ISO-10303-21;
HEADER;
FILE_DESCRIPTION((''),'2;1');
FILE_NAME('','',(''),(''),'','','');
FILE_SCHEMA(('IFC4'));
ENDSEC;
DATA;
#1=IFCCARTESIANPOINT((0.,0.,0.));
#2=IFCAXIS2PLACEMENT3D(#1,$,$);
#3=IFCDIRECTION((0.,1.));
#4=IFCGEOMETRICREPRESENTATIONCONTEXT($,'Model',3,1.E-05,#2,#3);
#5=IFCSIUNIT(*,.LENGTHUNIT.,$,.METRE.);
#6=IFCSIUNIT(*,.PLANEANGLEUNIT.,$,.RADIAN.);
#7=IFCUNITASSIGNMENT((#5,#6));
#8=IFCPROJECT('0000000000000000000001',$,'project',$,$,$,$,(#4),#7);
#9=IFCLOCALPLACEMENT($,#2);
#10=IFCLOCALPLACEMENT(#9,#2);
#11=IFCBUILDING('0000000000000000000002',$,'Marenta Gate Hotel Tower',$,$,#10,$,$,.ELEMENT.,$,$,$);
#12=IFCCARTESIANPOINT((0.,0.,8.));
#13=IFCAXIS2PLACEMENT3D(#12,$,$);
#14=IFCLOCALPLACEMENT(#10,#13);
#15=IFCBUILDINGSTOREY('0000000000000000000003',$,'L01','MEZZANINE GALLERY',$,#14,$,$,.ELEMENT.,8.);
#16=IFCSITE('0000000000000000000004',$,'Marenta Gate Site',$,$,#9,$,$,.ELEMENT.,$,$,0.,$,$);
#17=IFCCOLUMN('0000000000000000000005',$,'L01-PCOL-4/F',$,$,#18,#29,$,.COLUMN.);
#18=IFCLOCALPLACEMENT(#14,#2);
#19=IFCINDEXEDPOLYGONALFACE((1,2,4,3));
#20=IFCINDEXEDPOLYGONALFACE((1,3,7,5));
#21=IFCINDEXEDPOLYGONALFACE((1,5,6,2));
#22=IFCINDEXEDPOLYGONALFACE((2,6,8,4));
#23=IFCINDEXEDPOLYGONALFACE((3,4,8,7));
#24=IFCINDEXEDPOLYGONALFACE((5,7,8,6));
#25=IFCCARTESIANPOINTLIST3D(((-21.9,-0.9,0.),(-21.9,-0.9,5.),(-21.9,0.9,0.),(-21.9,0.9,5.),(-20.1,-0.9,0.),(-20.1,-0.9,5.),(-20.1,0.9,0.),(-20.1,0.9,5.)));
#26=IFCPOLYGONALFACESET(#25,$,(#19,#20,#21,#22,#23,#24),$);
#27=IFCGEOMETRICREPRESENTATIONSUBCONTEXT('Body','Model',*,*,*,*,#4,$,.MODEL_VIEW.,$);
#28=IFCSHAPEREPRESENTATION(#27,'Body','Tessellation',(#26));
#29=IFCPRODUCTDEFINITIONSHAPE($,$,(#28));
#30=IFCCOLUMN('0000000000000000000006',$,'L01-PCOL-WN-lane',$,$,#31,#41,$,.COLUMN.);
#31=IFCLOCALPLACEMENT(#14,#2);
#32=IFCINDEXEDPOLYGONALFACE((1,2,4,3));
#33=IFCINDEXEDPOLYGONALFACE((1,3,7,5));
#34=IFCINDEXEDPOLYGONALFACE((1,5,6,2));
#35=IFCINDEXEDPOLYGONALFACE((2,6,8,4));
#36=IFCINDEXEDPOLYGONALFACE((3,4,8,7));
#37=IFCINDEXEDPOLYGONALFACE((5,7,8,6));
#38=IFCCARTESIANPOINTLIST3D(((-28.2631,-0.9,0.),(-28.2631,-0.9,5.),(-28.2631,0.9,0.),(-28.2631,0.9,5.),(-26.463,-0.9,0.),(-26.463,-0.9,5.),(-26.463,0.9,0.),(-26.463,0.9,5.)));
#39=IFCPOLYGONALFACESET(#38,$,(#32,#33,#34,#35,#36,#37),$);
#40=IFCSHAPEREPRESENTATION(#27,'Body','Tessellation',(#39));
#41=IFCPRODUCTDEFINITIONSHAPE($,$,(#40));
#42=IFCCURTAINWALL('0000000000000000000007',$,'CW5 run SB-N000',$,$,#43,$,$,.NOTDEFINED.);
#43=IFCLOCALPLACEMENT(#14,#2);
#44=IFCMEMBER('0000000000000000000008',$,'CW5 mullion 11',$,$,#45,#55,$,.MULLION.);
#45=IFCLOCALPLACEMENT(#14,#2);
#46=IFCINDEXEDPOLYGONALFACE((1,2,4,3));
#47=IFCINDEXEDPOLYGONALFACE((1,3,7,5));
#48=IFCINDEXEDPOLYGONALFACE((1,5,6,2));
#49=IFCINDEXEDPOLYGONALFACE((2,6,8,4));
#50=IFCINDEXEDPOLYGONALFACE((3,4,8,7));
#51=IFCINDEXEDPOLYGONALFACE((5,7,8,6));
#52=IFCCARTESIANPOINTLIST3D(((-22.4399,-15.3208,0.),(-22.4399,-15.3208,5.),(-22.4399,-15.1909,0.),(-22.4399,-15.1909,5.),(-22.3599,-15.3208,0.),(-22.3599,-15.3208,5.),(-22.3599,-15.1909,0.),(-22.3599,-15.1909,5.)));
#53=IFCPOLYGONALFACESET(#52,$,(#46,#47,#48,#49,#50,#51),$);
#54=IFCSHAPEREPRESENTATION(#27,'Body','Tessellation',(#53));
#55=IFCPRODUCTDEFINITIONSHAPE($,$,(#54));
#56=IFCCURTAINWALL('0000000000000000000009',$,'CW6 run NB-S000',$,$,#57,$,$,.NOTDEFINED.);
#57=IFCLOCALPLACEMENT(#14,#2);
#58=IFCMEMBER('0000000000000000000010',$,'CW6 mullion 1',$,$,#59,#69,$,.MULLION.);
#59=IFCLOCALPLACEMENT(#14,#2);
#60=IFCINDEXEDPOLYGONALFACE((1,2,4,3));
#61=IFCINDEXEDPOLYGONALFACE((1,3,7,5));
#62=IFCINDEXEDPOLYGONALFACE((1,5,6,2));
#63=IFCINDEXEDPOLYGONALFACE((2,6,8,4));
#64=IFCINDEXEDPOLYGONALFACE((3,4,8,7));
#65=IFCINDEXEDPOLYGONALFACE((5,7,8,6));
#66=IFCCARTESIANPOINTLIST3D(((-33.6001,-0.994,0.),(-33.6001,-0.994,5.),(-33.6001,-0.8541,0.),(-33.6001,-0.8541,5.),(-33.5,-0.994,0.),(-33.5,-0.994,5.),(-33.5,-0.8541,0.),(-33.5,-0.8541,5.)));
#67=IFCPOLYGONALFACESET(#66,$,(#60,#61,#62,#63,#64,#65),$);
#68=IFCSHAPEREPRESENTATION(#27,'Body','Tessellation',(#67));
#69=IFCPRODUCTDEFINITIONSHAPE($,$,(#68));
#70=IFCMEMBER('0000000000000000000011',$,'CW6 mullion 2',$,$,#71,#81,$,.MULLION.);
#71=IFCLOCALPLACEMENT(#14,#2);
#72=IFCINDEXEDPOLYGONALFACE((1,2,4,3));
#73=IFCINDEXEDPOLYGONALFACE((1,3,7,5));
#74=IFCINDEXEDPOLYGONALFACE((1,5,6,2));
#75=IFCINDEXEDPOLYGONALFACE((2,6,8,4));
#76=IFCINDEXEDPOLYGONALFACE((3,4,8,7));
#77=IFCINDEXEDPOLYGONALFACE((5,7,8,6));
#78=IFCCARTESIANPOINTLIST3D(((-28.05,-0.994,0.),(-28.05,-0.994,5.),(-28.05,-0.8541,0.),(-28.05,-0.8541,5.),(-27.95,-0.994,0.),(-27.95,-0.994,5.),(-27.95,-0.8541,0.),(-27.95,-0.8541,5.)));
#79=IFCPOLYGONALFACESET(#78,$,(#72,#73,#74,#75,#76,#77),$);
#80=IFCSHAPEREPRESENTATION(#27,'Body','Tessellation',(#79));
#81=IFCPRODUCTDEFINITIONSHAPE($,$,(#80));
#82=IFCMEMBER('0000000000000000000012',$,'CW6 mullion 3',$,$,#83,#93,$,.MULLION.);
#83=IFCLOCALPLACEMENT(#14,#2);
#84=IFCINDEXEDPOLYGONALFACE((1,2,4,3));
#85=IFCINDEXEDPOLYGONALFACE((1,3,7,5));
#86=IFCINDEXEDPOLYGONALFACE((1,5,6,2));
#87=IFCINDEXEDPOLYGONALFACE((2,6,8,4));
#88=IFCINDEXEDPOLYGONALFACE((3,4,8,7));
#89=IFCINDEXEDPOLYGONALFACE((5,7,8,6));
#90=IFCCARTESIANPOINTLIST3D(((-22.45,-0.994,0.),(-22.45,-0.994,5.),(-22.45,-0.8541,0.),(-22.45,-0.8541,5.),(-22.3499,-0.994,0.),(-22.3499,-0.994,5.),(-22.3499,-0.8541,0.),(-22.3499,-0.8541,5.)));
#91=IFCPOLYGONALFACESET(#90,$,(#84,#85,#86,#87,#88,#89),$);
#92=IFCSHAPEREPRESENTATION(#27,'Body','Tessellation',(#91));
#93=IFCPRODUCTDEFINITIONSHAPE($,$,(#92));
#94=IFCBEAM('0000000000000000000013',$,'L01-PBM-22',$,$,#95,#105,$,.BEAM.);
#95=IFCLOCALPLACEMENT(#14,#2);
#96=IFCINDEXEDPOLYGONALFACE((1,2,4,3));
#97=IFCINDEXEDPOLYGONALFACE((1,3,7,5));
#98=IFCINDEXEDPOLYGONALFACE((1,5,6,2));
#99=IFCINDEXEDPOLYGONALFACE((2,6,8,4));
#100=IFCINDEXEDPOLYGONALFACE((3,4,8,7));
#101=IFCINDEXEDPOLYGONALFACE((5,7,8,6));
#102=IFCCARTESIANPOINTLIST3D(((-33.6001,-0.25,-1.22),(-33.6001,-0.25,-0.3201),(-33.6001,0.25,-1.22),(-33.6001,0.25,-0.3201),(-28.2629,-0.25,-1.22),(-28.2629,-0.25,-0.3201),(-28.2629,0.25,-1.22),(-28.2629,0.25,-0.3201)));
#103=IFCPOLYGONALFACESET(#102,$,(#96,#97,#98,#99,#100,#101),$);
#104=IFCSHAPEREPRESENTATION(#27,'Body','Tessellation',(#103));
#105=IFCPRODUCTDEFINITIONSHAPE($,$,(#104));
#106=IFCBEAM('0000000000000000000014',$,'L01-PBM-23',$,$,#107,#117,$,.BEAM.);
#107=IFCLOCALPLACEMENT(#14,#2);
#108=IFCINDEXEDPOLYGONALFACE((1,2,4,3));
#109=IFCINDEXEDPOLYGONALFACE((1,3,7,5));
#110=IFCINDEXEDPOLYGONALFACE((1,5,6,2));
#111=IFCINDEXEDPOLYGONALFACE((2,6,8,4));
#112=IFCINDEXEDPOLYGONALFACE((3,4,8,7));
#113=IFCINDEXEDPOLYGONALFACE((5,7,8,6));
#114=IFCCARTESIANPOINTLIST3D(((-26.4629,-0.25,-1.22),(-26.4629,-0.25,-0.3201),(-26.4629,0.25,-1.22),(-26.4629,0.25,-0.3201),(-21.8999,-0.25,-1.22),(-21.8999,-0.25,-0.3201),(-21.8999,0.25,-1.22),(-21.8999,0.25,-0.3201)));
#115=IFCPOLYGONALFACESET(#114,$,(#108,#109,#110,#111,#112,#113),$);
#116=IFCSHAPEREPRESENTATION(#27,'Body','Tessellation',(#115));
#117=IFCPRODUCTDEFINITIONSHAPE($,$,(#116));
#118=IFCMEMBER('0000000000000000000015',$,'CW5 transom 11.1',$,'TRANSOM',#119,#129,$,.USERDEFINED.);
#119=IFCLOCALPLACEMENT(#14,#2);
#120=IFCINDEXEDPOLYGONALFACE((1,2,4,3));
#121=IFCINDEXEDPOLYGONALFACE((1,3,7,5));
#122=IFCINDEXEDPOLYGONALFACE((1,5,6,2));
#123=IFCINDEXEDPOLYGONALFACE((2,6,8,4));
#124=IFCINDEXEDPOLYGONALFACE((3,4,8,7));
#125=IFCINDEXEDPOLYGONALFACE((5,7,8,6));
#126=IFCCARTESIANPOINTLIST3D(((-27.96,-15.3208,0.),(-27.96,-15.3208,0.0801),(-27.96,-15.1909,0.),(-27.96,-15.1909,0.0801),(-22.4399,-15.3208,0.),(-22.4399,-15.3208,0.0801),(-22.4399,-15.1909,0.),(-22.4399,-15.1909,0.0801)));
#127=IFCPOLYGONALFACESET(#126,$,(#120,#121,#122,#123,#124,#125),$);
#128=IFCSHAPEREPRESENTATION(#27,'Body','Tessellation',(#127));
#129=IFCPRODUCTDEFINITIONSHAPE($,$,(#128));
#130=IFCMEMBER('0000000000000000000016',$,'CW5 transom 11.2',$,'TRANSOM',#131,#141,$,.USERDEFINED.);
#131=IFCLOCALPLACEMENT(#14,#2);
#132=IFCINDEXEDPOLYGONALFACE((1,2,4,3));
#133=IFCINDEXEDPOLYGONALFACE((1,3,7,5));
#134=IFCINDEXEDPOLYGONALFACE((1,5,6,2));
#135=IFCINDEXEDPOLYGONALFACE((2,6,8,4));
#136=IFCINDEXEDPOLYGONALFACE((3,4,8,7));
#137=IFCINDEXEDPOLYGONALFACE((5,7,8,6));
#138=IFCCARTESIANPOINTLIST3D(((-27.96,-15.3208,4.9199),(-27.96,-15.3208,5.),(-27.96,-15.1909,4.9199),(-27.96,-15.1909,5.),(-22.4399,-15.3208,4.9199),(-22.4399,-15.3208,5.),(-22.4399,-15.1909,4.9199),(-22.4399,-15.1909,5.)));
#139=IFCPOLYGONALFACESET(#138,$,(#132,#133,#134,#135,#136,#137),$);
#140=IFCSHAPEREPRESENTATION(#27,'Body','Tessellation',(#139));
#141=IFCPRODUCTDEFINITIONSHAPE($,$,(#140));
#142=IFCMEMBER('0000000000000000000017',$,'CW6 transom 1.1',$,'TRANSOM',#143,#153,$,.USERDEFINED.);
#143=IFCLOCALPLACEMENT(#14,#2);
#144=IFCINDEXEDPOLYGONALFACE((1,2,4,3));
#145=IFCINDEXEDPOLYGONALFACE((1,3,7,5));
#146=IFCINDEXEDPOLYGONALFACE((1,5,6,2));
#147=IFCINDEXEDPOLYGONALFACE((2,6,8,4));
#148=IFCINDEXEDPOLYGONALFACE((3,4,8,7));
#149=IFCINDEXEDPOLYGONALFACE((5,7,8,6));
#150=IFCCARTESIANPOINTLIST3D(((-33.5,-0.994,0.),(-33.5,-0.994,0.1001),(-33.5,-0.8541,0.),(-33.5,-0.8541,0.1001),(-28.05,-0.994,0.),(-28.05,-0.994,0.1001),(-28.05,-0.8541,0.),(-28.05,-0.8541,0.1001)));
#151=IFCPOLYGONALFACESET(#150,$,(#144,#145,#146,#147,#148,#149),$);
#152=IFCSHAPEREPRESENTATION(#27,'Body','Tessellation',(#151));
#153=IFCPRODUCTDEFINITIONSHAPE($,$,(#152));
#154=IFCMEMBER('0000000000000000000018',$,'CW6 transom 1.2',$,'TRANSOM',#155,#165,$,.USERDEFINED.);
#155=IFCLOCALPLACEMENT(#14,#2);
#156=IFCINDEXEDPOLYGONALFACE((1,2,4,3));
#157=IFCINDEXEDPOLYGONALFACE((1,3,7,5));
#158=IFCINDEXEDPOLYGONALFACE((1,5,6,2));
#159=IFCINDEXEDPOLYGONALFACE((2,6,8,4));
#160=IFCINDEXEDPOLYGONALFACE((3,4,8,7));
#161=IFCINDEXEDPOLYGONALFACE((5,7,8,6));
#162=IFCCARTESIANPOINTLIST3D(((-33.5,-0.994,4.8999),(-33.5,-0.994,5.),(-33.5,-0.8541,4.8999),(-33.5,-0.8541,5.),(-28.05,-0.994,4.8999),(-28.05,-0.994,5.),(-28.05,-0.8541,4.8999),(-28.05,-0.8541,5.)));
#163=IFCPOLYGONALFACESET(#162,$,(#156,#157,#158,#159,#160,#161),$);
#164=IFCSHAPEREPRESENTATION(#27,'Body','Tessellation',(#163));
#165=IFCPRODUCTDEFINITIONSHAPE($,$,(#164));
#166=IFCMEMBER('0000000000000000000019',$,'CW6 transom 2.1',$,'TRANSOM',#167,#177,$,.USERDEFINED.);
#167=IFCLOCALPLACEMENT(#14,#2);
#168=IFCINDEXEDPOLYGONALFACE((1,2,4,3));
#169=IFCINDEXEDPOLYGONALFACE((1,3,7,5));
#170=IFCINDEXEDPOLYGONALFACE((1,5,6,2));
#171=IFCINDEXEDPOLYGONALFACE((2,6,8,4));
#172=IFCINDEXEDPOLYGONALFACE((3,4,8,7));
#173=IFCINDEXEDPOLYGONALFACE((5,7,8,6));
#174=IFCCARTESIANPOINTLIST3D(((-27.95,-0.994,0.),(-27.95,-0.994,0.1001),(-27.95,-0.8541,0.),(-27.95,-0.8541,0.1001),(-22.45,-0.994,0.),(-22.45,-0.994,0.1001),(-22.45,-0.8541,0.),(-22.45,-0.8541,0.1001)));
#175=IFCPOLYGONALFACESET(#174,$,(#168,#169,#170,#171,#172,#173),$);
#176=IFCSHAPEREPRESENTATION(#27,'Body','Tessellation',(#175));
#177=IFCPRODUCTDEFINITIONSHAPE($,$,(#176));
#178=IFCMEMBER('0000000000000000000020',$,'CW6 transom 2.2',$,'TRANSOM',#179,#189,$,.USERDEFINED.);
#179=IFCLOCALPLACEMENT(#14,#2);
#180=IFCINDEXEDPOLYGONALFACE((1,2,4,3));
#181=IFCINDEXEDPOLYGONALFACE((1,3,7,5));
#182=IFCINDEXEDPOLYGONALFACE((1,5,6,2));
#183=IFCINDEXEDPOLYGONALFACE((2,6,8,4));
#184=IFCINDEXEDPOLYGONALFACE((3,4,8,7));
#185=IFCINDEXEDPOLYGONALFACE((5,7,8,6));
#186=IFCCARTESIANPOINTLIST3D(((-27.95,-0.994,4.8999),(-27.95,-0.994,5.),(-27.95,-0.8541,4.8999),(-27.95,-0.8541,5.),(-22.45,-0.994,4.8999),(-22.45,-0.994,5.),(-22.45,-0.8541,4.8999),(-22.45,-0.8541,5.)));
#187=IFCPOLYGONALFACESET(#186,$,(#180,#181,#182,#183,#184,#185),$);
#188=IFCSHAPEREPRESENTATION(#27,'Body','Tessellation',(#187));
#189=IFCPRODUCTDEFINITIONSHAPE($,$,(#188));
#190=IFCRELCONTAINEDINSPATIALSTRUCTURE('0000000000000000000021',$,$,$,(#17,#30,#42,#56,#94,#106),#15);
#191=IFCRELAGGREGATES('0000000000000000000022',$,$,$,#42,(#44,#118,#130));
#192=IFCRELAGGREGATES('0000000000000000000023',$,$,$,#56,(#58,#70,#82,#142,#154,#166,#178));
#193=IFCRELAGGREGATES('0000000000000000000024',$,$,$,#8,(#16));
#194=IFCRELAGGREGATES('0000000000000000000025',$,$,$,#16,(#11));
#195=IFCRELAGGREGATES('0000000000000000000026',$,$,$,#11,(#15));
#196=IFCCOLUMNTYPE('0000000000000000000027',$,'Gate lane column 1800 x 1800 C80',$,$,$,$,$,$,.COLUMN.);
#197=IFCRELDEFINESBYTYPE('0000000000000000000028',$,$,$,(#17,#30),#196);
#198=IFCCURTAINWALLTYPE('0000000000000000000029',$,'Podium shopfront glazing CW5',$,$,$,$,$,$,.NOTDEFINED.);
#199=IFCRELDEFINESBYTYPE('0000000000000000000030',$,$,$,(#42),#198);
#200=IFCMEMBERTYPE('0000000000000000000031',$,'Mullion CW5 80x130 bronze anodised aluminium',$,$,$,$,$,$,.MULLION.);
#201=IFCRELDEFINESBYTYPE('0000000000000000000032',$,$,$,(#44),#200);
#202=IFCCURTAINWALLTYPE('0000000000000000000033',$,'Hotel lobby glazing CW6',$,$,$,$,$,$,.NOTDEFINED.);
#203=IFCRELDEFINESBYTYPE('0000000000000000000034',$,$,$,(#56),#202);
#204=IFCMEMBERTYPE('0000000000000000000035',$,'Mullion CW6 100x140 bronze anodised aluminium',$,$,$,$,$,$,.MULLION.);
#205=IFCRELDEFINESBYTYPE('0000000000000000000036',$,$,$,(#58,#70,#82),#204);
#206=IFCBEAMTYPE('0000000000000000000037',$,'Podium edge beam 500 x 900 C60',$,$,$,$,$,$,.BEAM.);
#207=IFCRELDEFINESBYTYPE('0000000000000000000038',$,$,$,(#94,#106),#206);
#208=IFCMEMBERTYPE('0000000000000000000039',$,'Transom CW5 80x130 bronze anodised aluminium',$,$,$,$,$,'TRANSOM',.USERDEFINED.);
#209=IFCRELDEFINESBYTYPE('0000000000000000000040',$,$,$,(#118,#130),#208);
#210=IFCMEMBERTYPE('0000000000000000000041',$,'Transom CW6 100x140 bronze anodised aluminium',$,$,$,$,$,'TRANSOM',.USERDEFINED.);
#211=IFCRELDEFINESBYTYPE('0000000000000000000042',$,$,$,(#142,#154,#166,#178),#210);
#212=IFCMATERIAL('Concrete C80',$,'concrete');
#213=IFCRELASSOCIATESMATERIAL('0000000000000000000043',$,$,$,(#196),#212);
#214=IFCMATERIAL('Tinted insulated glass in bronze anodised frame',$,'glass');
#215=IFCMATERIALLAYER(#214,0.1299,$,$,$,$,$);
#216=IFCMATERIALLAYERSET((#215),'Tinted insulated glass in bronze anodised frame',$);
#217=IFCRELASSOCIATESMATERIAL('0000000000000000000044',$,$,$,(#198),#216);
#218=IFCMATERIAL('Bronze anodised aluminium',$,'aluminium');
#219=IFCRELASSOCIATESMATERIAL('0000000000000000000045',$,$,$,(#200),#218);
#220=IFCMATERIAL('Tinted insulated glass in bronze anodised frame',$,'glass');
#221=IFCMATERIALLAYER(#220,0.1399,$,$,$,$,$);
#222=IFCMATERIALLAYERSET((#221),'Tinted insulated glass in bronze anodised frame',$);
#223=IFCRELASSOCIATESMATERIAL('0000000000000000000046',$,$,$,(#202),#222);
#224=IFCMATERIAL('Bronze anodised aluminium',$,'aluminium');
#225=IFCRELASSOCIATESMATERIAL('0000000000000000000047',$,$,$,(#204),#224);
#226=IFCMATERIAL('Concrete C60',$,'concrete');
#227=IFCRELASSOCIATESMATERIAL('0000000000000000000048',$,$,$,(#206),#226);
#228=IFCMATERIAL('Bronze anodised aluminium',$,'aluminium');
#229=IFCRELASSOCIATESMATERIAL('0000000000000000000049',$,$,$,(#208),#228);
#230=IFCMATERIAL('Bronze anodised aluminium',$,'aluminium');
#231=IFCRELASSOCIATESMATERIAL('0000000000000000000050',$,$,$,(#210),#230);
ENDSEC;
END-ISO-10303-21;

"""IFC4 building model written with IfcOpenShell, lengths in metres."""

from ifc_helpers import new_model, si_unit, direction, frame, origin, origin_2d, place, context, subcontext, project, spatial, rectangle, extrude, material, layer, layer_set, material_profile, profile_set, type_object, element, aggregate, save


model = new_model("IFC4")

# Units and contexts
model_context = context("Model", 3, precision=1e-05, world=origin(), true_north=direction((0.0, 1.0)))
body_context = subcontext(model_context, "Body", "Model", "MODEL_VIEW")
ifc_project = project(units=[si_unit("LENGTHUNIT", "METRE"), si_unit("PLANEANGLEUNIT", "RADIAN")], contexts=[model_context])

# Site, building, storey
site_placement = place(None, origin())
site = spatial("IfcSite", under=ifc_project, at=site_placement, Name="Marenta Gate Site", CompositionType="ELEMENT", RefElevation=0.0)
building_placement = place(site_placement, origin())
building = spatial("IfcBuilding", under=site, at=building_placement, Name="Marenta Gate Hotel Tower", CompositionType="ELEMENT")
storey_placement = place(building_placement, frame((0.0, 0.0, 8.0)))
storey = spatial("IfcBuildingStorey", under=building, at=storey_placement, Name="L01", Description="MEZZANINE GALLERY", CompositionType="ELEMENT", Elevation=8.0)

# Columns
ifc_material_1 = material(Name="Concrete C80", Category="concrete")
ifc_material_profile_1 = material_profile(ifc_material_1, rectangle(XDim=1.8, YDim=1.8, at=origin_2d()), Name="1800 x 1800")
ifc_profile_set_1 = profile_set([ifc_material_profile_1], Name="Concrete C80")
column_type = type_object("IfcColumnType", Name="Gate lane column 1800 x 1800 C80", PredefinedType="COLUMN", material=ifc_profile_set_1)
for number, where, z_axis, x_axis, name in (
    (1, (-21.0, 0.0, 0.0), (0.0, 0.0, 1.0), (1.0, 0.0, 0.0), "L01-PCOL-4/F"),
    (2, (-27.363, 0.0, 0.0), (0.0, 0.0, 1.0), (1.0, 0.0, 0.0), "L01-PCOL-WN-lane"),
):
    element("IfcColumn", number, at=place(storey_placement, frame(where, z_axis=z_axis, x_axis=x_axis)), inside=storey, type_object=column_type, Name=name, PredefinedType="COLUMN", context=body_context, shape_type="SweptSolid", body=[
        extrude(rectangle(XDim=1.8, YDim=1.8, at=origin_2d()), origin(), (0.0, 0.0, 1.0), 5.0),
    ])

# Curtain wall, member
ifc_material_2 = material(Name="Tinted insulated glass in bronze anodised frame", Category="glass")
ifc_layer_1 = layer(ifc_material_2, 0.1299)
ifc_layer_set_1 = layer_set([ifc_layer_1], Name="Tinted insulated glass in bronze anodised frame")
curtain_wall_type_1 = type_object("IfcCurtainWallType", Name="Podium shopfront glazing CW5", PredefinedType="NOTDEFINED", material=ifc_layer_set_1)
curtain_wall_1_placement = place(storey_placement, origin())
curtain_wall_1 = element("IfcCurtainWall", 3, at=curtain_wall_1_placement, inside=storey, type_object=curtain_wall_type_1, Name="CW5 run SB-N000", PredefinedType="NOTDEFINED")
ifc_material_3 = material(Name="Bronze anodised aluminium", Category="aluminium")
ifc_material_profile_2 = material_profile(ifc_material_3, rectangle(XDim=0.1299, YDim=0.0801, at=origin_2d()), Name="Mullion CW5 80x130 bronze anodised aluminium")
ifc_profile_set_2 = profile_set([ifc_material_profile_2], Name="Bronze anodised aluminium")
member_type_1 = type_object("IfcMemberType", Name="Mullion CW5 80x130 bronze anodised aluminium", PredefinedType="MULLION", material=ifc_profile_set_2)
member_1_placement = place(storey_placement, frame((-22.3999, -15.2559, 0.0), z_axis=(0.0, 0.0, 1.0), x_axis=(0.0, -1.0, 0.0)))
member_1 = element("IfcMember", 4, at=member_1_placement, type_object=member_type_1, Name="CW5 mullion 11", PredefinedType="MULLION", context=body_context, shape_type="SweptSolid", body=[
    extrude(rectangle(XDim=0.1299, YDim=0.0801, at=origin_2d()), origin(), (0.0, 0.0, 1.0), 5.0),
])

# Curtain wall, members
ifc_material_4 = material(Name="Tinted insulated glass in bronze anodised frame", Category="glass")
ifc_layer_2 = layer(ifc_material_4, 0.1399)
ifc_layer_set_2 = layer_set([ifc_layer_2], Name="Tinted insulated glass in bronze anodised frame")
curtain_wall_type_2 = type_object("IfcCurtainWallType", Name="Hotel lobby glazing CW6", PredefinedType="NOTDEFINED", material=ifc_layer_set_2)
curtain_wall_2_placement = place(storey_placement, origin())
curtain_wall_2 = element("IfcCurtainWall", 5, at=curtain_wall_2_placement, inside=storey, type_object=curtain_wall_type_2, Name="CW6 run NB-S000", PredefinedType="NOTDEFINED")
ifc_material_5 = material(Name="Bronze anodised aluminium", Category="aluminium")
ifc_material_profile_3 = material_profile(ifc_material_5, rectangle(XDim=0.1399, YDim=0.1001, at=origin_2d()), Name="Mullion CW6 100x140 bronze anodised aluminium")
ifc_profile_set_3 = profile_set([ifc_material_profile_3], Name="Bronze anodised aluminium")
member_type_2 = type_object("IfcMemberType", Name="Mullion CW6 100x140 bronze anodised aluminium", PredefinedType="MULLION", material=ifc_profile_set_3)
member_2_placement = place(storey_placement, frame((-33.55, -0.9241, 0.0), z_axis=(0.0, 0.0, 1.0), x_axis=(0.0, 1.0, 0.0)))
member_2 = element("IfcMember", 6, at=member_2_placement, type_object=member_type_2, Name="CW6 mullion 1", PredefinedType="MULLION", context=body_context, shape_type="SweptSolid", body=[
    extrude(rectangle(XDim=0.1399, YDim=0.1001, at=origin_2d()), origin(), (0.0, 0.0, 1.0), 5.0),
])
member_3_placement = place(storey_placement, frame((-28.0, -0.9241, 0.0), z_axis=(0.0, 0.0, 1.0), x_axis=(0.0, 1.0, 0.0)))
member_3 = element("IfcMember", 7, at=member_3_placement, type_object=member_type_2, Name="CW6 mullion 2", PredefinedType="MULLION", context=body_context, shape_type="SweptSolid", body=[
    extrude(rectangle(XDim=0.1399, YDim=0.1001, at=origin_2d()), origin(), (0.0, 0.0, 1.0), 5.0),
])
member_4_placement = place(storey_placement, frame((-22.3999, -0.9241, 0.0), z_axis=(0.0, 0.0, 1.0), x_axis=(0.0, 1.0, 0.0)))
member_4 = element("IfcMember", 8, at=member_4_placement, type_object=member_type_2, Name="CW6 mullion 3", PredefinedType="MULLION", context=body_context, shape_type="SweptSolid", body=[
    extrude(rectangle(XDim=0.1399, YDim=0.1001, at=origin_2d()), origin(), (0.0, 0.0, 1.0), 5.0),
])

# Beams
ifc_material_6 = material(Name="Concrete C60", Category="concrete")
ifc_material_profile_4 = material_profile(ifc_material_6, rectangle(XDim=0.5, YDim=0.8999, at=origin_2d()), Name="500 x 900")
ifc_profile_set_4 = profile_set([ifc_material_profile_4], Name="Concrete C60")
beam_type = type_object("IfcBeamType", Name="Podium edge beam 500 x 900 C60", PredefinedType="BEAM", material=ifc_profile_set_4)
beam_1_placement = place(storey_placement, frame((-33.6001, 0.0, -0.77), z_axis=(1.0, 0.0, 0.0), x_axis=(0.0, 1.0, 0.0)))
element("IfcBeam", 9, at=beam_1_placement, inside=storey, type_object=beam_type, Name="L01-PBM-22", PredefinedType="BEAM", context=body_context, shape_type="SweptSolid", body=[
    extrude(rectangle(XDim=0.5, YDim=0.8999, at=origin_2d()), origin(), (0.0, 0.0, 1.0), 5.3372),
])
beam_2_placement = place(storey_placement, frame((-26.4629, 0.0, -0.77), z_axis=(1.0, 0.0, 0.0), x_axis=(0.0, 1.0, 0.0)))
element("IfcBeam", 10, at=beam_2_placement, inside=storey, type_object=beam_type, Name="L01-PBM-23", PredefinedType="BEAM", context=body_context, shape_type="SweptSolid", body=[
    extrude(rectangle(XDim=0.5, YDim=0.8999, at=origin_2d()), origin(), (0.0, 0.0, 1.0), 4.563),
])

# Members
ifc_material_7 = material(Name="Bronze anodised aluminium", Category="aluminium")
ifc_material_profile_5 = material_profile(ifc_material_7, rectangle(XDim=0.1299, YDim=0.0801, at=origin_2d()), Name="Transom CW5 80x130 bronze anodised aluminium")
ifc_profile_set_5 = profile_set([ifc_material_profile_5], Name="Bronze anodised aluminium")
member_type_3 = type_object("IfcMemberType", Name="Transom CW5 80x130 bronze anodised aluminium", ElementType="TRANSOM", PredefinedType="USERDEFINED", material=ifc_profile_set_5)
member_5_placement = place(storey_placement, frame((-22.4399, -15.2559, 0.04), z_axis=(-1.0, 0.0, 0.0), x_axis=(0.0, -1.0, 0.0)))
member_5 = element("IfcMember", 11, at=member_5_placement, type_object=member_type_3, Name="CW5 transom 11.1", ObjectType="TRANSOM", PredefinedType="USERDEFINED", context=body_context, shape_type="SweptSolid", body=[
    extrude(rectangle(XDim=0.1299, YDim=0.0801, at=origin_2d()), origin(), (0.0, 0.0, 1.0), 5.52),
])
member_6_placement = place(storey_placement, frame((-22.4399, -15.2559, 4.96), z_axis=(-1.0, 0.0, 0.0), x_axis=(0.0, -1.0, 0.0)))
member_6 = element("IfcMember", 12, at=member_6_placement, type_object=member_type_3, Name="CW5 transom 11.2", ObjectType="TRANSOM", PredefinedType="USERDEFINED", context=body_context, shape_type="SweptSolid", body=[
    extrude(rectangle(XDim=0.1299, YDim=0.0801, at=origin_2d()), origin(), (0.0, 0.0, 1.0), 5.52),
])
aggregate(curtain_wall_1, [member_1, member_5, member_6])
ifc_material_8 = material(Name="Bronze anodised aluminium", Category="aluminium")
ifc_material_profile_6 = material_profile(ifc_material_8, rectangle(XDim=0.1399, YDim=0.1001, at=origin_2d()), Name="Transom CW6 100x140 bronze anodised aluminium")
ifc_profile_set_6 = profile_set([ifc_material_profile_6], Name="Bronze anodised aluminium")
member_type_4 = type_object("IfcMemberType", Name="Transom CW6 100x140 bronze anodised aluminium", ElementType="TRANSOM", PredefinedType="USERDEFINED", material=ifc_profile_set_6)
member_7_placement = place(storey_placement, frame((-33.5, -0.9241, 0.05), z_axis=(1.0, 0.0, 0.0), x_axis=(0.0, 1.0, 0.0)))
member_7 = element("IfcMember", 13, at=member_7_placement, type_object=member_type_4, Name="CW6 transom 1.1", ObjectType="TRANSOM", PredefinedType="USERDEFINED", context=body_context, shape_type="SweptSolid", body=[
    extrude(rectangle(XDim=0.1399, YDim=0.1001, at=origin_2d()), origin(), (0.0, 0.0, 1.0), 5.45),
])
member_8_placement = place(storey_placement, frame((-33.5, -0.9241, 4.95), z_axis=(1.0, 0.0, 0.0), x_axis=(0.0, 1.0, 0.0)))
member_8 = element("IfcMember", 14, at=member_8_placement, type_object=member_type_4, Name="CW6 transom 1.2", ObjectType="TRANSOM", PredefinedType="USERDEFINED", context=body_context, shape_type="SweptSolid", body=[
    extrude(rectangle(XDim=0.1399, YDim=0.1001, at=origin_2d()), origin(), (0.0, 0.0, 1.0), 5.45),
])
member_9_placement = place(storey_placement, frame((-27.95, -0.9241, 0.05), z_axis=(1.0, 0.0, 0.0), x_axis=(0.0, 1.0, 0.0)))
member_9 = element("IfcMember", 15, at=member_9_placement, type_object=member_type_4, Name="CW6 transom 2.1", ObjectType="TRANSOM", PredefinedType="USERDEFINED", context=body_context, shape_type="SweptSolid", body=[
    extrude(rectangle(XDim=0.1399, YDim=0.1001, at=origin_2d()), origin(), (0.0, 0.0, 1.0), 5.5),
])
member_10_placement = place(storey_placement, frame((-27.95, -0.9241, 4.95), z_axis=(1.0, 0.0, 0.0), x_axis=(0.0, 1.0, 0.0)))
member_10 = element("IfcMember", 16, at=member_10_placement, type_object=member_type_4, Name="CW6 transom 2.2", ObjectType="TRANSOM", PredefinedType="USERDEFINED", context=body_context, shape_type="SweptSolid", body=[
    extrude(rectangle(XDim=0.1399, YDim=0.1001, at=origin_2d()), origin(), (0.0, 0.0, 1.0), 5.5),
])

aggregate(curtain_wall_2, [member_2, member_3, member_4, member_7, member_8, member_9, member_10])

save(model, "model.ifc")
